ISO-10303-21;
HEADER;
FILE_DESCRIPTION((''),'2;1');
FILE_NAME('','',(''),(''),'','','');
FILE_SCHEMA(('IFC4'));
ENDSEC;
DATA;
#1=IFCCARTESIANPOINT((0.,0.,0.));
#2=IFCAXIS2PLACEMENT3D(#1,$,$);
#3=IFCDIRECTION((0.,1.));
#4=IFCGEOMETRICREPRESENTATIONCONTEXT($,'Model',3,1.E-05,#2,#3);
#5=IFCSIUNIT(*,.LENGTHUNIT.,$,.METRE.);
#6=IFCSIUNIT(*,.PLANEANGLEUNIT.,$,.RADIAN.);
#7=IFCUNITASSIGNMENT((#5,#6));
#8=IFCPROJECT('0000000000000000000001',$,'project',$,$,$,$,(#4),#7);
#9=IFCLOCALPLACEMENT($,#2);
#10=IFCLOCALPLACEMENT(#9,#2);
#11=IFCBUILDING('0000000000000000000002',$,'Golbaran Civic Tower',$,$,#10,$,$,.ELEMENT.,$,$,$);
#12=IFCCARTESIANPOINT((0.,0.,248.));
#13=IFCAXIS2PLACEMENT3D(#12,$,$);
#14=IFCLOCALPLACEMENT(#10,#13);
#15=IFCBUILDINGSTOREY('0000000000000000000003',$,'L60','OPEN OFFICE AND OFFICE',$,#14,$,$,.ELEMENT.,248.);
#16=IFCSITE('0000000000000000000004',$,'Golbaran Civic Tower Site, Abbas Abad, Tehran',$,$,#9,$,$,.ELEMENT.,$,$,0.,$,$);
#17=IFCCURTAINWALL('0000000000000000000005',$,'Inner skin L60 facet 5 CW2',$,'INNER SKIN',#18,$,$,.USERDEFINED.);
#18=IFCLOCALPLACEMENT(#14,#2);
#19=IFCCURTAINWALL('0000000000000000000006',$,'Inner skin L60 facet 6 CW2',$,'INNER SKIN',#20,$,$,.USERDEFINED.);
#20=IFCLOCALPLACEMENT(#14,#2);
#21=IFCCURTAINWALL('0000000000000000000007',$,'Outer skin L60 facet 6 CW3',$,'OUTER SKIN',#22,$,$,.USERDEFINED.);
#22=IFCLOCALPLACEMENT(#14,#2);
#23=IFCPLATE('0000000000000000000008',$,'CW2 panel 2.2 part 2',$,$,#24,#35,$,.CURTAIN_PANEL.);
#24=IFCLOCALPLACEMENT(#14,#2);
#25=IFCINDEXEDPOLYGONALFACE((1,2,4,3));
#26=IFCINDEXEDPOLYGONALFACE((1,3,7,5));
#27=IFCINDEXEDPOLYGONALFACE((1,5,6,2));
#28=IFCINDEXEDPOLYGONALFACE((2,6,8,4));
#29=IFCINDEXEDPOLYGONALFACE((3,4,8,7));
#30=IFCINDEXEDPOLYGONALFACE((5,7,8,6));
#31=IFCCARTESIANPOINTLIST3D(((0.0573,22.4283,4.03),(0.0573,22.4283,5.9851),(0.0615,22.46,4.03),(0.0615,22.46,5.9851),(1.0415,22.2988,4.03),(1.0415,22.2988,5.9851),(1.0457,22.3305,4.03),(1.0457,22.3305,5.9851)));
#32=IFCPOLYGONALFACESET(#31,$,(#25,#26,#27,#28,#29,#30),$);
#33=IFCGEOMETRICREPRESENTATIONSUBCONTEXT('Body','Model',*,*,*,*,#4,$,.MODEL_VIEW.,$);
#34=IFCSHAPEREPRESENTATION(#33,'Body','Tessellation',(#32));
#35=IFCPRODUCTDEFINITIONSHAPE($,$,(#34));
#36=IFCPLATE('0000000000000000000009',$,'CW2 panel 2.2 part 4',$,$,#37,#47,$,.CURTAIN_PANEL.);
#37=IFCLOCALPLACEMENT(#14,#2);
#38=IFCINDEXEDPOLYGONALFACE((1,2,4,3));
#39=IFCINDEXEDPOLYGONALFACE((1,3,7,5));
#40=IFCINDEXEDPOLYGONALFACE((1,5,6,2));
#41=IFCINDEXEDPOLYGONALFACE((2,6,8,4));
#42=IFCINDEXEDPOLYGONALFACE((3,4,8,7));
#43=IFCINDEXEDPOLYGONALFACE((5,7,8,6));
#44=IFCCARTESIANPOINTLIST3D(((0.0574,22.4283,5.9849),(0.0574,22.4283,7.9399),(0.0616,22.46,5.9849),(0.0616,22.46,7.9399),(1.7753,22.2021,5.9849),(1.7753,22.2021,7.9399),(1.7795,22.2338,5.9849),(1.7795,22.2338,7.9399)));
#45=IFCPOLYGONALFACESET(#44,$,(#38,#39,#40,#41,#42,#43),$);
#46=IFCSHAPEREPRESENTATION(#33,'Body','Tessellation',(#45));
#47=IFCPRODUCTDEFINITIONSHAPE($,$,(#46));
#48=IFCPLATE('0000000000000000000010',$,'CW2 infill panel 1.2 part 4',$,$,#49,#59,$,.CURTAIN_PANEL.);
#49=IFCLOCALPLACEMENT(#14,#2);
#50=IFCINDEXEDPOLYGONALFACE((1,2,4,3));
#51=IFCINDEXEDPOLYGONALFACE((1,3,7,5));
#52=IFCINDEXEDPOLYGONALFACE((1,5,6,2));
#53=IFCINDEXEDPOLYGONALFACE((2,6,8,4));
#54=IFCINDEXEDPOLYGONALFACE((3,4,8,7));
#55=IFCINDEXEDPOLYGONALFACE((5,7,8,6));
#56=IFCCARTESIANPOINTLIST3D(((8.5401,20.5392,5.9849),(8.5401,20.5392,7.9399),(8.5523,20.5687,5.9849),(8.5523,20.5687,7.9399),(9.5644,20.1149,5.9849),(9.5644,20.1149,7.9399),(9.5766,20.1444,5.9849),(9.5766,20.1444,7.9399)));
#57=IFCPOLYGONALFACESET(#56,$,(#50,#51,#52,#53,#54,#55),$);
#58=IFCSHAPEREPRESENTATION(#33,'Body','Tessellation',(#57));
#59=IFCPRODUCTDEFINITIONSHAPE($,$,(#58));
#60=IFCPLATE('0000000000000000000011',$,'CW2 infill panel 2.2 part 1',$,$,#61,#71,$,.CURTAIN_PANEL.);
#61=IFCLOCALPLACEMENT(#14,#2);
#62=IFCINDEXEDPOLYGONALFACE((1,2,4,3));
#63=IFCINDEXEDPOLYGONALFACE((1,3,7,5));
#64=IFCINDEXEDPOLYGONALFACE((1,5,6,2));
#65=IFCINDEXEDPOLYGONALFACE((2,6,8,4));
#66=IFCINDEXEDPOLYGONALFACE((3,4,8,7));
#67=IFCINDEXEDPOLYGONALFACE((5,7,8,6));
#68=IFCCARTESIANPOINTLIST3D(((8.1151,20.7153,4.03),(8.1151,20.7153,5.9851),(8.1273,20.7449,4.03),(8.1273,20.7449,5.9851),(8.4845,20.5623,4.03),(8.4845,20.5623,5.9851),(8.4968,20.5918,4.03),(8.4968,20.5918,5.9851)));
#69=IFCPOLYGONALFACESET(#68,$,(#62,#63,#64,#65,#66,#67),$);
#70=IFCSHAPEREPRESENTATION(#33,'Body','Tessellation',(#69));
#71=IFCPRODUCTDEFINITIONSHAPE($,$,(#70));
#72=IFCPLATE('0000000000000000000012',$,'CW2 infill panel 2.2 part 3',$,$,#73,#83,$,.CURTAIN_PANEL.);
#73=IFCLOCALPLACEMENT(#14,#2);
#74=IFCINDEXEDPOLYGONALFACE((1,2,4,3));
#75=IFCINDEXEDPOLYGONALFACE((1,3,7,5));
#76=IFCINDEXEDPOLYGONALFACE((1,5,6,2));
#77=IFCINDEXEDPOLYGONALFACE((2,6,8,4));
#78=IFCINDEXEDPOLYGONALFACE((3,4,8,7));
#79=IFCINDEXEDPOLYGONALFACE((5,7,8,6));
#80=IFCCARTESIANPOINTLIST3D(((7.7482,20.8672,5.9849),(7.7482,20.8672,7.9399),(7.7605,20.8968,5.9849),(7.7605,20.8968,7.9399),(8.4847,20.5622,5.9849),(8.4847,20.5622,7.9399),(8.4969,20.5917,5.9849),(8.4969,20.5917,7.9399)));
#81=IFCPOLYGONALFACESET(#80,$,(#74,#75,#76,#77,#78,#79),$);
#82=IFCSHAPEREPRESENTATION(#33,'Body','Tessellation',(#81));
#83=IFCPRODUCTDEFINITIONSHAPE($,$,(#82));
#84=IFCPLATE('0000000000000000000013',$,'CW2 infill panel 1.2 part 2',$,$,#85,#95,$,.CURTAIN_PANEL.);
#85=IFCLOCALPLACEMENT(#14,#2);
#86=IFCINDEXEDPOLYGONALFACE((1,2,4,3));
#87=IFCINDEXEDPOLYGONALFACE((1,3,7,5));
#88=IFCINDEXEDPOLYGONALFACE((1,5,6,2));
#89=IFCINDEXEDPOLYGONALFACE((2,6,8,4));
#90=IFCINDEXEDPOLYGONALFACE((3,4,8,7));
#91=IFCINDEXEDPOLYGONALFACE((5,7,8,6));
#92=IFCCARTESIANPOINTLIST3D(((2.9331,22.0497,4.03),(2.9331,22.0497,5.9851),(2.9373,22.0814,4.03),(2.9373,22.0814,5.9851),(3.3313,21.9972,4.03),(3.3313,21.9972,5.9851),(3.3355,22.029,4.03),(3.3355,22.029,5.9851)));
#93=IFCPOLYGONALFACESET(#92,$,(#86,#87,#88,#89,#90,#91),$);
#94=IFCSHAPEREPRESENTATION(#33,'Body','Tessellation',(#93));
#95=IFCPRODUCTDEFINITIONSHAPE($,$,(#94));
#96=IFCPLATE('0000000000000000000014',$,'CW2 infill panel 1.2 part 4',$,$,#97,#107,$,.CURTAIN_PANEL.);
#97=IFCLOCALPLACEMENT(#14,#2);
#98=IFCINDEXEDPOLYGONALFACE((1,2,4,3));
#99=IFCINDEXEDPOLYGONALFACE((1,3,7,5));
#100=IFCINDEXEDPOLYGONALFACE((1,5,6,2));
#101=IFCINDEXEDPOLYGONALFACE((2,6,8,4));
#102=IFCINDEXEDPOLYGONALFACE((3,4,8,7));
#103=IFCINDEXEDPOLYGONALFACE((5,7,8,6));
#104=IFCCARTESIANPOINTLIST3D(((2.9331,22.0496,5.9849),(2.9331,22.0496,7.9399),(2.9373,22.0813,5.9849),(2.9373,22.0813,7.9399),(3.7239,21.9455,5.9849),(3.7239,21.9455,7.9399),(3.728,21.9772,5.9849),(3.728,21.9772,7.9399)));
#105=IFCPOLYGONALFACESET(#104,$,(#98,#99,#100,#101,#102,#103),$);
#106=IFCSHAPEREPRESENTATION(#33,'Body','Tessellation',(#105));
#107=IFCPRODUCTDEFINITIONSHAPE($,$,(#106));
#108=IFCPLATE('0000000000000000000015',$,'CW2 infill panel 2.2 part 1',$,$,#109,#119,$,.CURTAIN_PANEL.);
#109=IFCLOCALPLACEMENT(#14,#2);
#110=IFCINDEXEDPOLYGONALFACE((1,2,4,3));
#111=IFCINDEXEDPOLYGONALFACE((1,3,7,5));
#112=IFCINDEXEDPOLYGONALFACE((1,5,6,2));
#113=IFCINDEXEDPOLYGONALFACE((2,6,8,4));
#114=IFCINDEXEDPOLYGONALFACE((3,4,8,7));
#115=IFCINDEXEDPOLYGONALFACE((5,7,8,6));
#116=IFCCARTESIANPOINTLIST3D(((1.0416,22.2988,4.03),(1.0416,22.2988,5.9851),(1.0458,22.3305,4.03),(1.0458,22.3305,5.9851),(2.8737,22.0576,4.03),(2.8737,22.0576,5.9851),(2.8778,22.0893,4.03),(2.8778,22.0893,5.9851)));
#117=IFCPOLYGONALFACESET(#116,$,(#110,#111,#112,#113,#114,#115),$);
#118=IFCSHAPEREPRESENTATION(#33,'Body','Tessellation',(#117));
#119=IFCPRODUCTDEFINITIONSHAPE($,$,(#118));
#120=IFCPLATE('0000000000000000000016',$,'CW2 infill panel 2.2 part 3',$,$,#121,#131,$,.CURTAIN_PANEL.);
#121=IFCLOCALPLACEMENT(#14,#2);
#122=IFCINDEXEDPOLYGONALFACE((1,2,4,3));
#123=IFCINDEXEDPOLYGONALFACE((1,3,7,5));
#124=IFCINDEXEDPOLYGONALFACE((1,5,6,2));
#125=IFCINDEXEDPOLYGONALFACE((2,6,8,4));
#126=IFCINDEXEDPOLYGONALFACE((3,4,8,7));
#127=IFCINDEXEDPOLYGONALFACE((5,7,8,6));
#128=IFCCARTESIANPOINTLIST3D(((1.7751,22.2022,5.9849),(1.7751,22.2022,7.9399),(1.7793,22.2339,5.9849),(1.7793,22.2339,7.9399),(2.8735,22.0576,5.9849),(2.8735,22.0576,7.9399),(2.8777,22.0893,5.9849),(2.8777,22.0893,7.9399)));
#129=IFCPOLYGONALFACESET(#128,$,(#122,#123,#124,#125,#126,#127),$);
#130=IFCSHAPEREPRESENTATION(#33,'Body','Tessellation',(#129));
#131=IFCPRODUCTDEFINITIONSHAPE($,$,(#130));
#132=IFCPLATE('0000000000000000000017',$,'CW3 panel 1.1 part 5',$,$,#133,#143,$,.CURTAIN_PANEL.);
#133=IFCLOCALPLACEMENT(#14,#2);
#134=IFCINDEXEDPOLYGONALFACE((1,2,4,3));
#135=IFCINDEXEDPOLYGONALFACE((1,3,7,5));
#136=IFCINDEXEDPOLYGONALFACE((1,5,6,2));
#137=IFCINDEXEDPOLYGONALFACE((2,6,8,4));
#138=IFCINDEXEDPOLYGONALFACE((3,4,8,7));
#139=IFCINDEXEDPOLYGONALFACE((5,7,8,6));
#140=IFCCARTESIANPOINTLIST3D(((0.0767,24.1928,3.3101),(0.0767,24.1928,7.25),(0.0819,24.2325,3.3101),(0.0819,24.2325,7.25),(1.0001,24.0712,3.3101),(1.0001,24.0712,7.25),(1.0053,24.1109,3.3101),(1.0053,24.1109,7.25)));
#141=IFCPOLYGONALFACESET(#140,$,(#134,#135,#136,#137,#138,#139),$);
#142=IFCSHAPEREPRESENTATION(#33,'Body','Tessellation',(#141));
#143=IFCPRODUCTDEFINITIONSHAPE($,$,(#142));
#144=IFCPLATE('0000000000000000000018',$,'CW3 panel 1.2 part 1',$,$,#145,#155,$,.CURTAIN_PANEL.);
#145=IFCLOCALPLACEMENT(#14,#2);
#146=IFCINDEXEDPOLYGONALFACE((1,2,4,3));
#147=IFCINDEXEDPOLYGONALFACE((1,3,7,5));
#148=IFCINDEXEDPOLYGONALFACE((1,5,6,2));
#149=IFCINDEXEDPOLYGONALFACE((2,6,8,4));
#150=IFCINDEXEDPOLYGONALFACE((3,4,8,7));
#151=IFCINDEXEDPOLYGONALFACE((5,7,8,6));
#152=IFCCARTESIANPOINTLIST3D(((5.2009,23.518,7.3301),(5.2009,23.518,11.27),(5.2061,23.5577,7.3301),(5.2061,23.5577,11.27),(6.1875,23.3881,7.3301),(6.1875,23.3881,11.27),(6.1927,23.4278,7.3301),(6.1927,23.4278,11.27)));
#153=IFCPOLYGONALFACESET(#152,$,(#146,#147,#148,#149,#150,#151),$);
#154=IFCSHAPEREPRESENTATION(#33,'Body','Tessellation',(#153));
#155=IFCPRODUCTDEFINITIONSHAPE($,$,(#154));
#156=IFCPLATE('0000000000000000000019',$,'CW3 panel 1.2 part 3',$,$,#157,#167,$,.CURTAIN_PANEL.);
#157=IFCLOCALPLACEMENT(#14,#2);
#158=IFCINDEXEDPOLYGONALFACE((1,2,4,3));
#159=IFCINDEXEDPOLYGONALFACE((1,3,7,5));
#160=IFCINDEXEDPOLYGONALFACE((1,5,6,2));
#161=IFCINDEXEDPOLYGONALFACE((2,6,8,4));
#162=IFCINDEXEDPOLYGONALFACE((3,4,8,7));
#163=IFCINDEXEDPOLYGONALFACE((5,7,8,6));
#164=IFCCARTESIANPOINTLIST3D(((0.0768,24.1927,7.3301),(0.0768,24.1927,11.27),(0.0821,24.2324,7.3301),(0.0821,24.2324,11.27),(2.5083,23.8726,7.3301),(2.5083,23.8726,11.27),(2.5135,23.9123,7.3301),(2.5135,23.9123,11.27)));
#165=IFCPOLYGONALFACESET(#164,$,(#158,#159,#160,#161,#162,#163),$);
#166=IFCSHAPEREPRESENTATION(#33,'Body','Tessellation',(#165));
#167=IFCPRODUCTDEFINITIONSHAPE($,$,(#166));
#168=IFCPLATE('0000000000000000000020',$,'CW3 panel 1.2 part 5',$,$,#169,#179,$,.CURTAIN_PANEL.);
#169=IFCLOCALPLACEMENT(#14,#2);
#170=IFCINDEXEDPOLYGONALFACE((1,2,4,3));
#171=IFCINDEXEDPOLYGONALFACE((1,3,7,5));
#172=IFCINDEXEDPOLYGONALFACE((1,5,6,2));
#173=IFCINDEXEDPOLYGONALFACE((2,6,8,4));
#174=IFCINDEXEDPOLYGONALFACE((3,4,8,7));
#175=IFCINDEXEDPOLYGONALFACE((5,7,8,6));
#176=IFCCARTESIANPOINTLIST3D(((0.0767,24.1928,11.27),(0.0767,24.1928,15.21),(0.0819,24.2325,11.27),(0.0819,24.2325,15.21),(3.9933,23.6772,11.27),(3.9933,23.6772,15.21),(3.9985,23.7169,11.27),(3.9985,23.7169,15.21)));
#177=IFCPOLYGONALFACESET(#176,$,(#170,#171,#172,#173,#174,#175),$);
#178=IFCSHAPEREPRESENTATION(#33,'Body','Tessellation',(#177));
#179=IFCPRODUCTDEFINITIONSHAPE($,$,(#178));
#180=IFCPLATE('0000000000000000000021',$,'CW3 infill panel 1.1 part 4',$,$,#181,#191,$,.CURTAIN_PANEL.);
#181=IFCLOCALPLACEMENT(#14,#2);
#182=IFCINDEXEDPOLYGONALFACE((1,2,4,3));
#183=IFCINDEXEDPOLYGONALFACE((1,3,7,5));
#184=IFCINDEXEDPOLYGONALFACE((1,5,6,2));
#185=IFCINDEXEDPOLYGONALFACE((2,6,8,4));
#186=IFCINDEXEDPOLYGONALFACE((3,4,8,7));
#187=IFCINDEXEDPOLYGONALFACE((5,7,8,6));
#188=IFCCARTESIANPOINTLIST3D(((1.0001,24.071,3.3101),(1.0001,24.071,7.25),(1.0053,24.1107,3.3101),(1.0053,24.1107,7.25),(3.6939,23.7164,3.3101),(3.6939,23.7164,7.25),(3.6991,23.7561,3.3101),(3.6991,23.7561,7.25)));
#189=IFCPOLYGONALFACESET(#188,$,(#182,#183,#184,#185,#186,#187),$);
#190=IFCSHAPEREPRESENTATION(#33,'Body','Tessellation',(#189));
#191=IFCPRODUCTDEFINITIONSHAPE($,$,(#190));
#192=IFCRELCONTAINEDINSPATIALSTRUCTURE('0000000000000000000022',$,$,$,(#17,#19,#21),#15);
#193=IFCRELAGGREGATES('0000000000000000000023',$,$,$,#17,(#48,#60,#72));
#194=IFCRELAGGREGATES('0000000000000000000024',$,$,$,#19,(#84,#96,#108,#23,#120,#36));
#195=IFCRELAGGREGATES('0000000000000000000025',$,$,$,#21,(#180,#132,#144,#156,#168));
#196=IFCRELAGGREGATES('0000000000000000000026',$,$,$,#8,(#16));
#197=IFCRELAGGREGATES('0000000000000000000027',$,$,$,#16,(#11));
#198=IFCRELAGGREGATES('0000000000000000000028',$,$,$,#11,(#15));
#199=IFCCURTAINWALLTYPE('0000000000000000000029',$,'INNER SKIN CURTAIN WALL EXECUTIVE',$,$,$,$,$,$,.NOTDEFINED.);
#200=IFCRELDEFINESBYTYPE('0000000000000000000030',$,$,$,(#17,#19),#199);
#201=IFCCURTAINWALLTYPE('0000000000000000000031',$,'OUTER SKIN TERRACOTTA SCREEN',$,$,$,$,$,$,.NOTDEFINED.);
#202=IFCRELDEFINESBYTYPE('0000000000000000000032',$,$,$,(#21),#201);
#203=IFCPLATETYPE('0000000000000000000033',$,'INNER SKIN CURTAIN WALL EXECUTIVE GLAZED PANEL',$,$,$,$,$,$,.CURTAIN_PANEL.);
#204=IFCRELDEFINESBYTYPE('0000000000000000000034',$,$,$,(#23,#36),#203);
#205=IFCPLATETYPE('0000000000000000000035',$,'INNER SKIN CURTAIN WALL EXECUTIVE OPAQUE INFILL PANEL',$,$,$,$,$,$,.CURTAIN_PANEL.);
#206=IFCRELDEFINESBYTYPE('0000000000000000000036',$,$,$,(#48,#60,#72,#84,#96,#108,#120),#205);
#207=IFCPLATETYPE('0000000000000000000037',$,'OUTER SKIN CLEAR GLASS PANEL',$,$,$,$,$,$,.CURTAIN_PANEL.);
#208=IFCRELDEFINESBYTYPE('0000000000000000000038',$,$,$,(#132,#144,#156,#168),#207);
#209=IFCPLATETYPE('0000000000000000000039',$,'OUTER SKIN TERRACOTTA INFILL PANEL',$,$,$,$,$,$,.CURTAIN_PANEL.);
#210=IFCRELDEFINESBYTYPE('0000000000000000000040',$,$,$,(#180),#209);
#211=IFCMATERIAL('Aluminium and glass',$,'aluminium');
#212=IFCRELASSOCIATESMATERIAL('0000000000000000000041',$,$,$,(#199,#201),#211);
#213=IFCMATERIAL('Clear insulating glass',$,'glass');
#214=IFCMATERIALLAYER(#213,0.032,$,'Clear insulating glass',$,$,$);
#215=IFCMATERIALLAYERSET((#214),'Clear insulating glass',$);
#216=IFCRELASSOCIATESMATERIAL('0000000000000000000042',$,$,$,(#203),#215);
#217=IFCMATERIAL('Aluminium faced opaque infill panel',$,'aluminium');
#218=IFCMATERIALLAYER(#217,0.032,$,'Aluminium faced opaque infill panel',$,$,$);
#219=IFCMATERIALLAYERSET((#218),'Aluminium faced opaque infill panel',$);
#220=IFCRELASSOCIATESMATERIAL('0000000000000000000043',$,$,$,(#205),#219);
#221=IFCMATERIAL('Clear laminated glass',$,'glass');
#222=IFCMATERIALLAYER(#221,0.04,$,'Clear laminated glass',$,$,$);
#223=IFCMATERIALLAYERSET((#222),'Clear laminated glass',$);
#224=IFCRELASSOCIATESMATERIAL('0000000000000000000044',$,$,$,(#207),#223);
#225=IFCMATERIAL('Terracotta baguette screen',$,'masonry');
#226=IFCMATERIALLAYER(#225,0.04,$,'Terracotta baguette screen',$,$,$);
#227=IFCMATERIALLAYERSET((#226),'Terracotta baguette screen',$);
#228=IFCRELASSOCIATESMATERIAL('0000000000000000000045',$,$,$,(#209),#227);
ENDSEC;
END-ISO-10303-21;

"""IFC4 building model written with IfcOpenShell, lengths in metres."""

from ifc_helpers import new_model, si_unit, direction, frame, origin, origin_2d, place, context, subcontext, project, spatial, rectangle, extrude, material, layer, layer_set, type_object, element, aggregate, save


model = new_model("IFC4")

# Units and contexts
model_context = context("Model", 3, precision=1e-05, world=origin(), true_north=direction((0.0, 1.0)))
body_context = subcontext(model_context, "Body", "Model", "MODEL_VIEW")
ifc_project = project(units=[si_unit("LENGTHUNIT", "METRE"), si_unit("PLANEANGLEUNIT", "RADIAN")], contexts=[model_context])

# Site, building, storey
site_placement = place(None, origin())
site = spatial("IfcSite", under=ifc_project, at=site_placement, Name="Golbaran Civic Tower Site, Abbas Abad, Tehran", CompositionType="ELEMENT", RefElevation=0.0)
building_placement = place(site_placement, origin())
building = spatial("IfcBuilding", under=site, at=building_placement, Name="Golbaran Civic Tower", CompositionType="ELEMENT")
storey_placement = place(building_placement, frame((0.0, 0.0, 248.0)))
storey = spatial("IfcBuildingStorey", under=building, at=storey_placement, Name="L60", Description="OPEN OFFICE AND OFFICE", CompositionType="ELEMENT", Elevation=248.0)

# Curtain walls
ifc_material_1 = material(Name="Aluminium and glass", Category="aluminium")
curtain_wall_type_1 = type_object("IfcCurtainWallType", Name="INNER SKIN CURTAIN WALL EXECUTIVE", PredefinedType="NOTDEFINED", material=ifc_material_1)
curtain_wall_1_placement = place(storey_placement, origin())
curtain_wall_1 = element("IfcCurtainWall", 1, at=curtain_wall_1_placement, inside=storey, type_object=curtain_wall_type_1, Name="Inner skin L60 facet 5 CW2", ObjectType="INNER SKIN", PredefinedType="USERDEFINED")
curtain_wall_2_placement = place(storey_placement, origin())
curtain_wall_2 = element("IfcCurtainWall", 2, at=curtain_wall_2_placement, inside=storey, type_object=curtain_wall_type_1, Name="Inner skin L60 facet 6 CW2", ObjectType="INNER SKIN", PredefinedType="USERDEFINED")
curtain_wall_type_2 = type_object("IfcCurtainWallType", Name="OUTER SKIN TERRACOTTA SCREEN", PredefinedType="NOTDEFINED", material=ifc_material_1)
curtain_wall_3_placement = place(storey_placement, origin())
curtain_wall_3 = element("IfcCurtainWall", 3, at=curtain_wall_3_placement, inside=storey, type_object=curtain_wall_type_2, Name="Outer skin L60 facet 6 CW3", ObjectType="OUTER SKIN", PredefinedType="USERDEFINED")

# Plates
ifc_material_2 = material(Name="Clear insulating glass", Category="glass")
ifc_layer_1 = layer(ifc_material_2, 0.032, Name="Clear insulating glass")
ifc_layer_set_1 = layer_set([ifc_layer_1], Name="Clear insulating glass")
plate_type_1 = type_object("IfcPlateType", Name="INNER SKIN CURTAIN WALL EXECUTIVE GLAZED PANEL", PredefinedType="CURTAIN_PANEL", material=ifc_layer_set_1)
plate_1_placement = place(storey_placement, frame((0.5515, 22.3794, 4.03), z_axis=(0.0, 0.0, 1.0), x_axis=(-0.991445, 0.130526, 0.0)))
plate_1 = element("IfcPlate", 4, at=plate_1_placement, type_object=plate_type_1, Name="CW2 panel 2.2 part 2", PredefinedType="CURTAIN_PANEL", context=body_context, shape_type="SweptSolid", body=[
    extrude(rectangle(XDim=0.9927, YDim=0.032, at=origin_2d()), origin(), (0.0, 0.0, 1.0), 1.9551),
])
plate_2_placement = place(storey_placement, frame((0.9185, 22.3311, 5.9849), z_axis=(0.0, 0.0, 1.0), x_axis=(-0.991445, 0.130526, 0.0)))
plate_2 = element("IfcPlate", 5, at=plate_2_placement, type_object=plate_type_1, Name="CW2 panel 2.2 part 4", PredefinedType="CURTAIN_PANEL", context=body_context, shape_type="SweptSolid", body=[
    extrude(rectangle(XDim=1.7327, YDim=0.032, at=origin_2d()), origin(), (0.0, 0.0, 1.0), 1.9551),
])
ifc_material_3 = material(Name="Aluminium faced opaque infill panel", Category="aluminium")
ifc_layer_2 = layer(ifc_material_3, 0.032, Name="Aluminium faced opaque infill panel")
ifc_layer_set_2 = layer_set([ifc_layer_2], Name="Aluminium faced opaque infill panel")
plate_type_2 = type_object("IfcPlateType", Name="INNER SKIN CURTAIN WALL EXECUTIVE OPAQUE INFILL PANEL", PredefinedType="CURTAIN_PANEL", material=ifc_layer_set_2)
plate_3_placement = place(storey_placement, frame((9.0583, 20.3418, 5.9849), z_axis=(0.0, 0.0, 1.0), x_axis=(-0.92388, 0.382683, 0.0)))
plate_3 = element("IfcPlate", 6, at=plate_3_placement, type_object=plate_type_2, Name="CW2 infill panel 1.2 part 4", PredefinedType="CURTAIN_PANEL", context=body_context, shape_type="SweptSolid", body=[
    extrude(rectangle(XDim=1.1086, YDim=0.032, at=origin_2d()), origin(), (0.0, 0.0, 1.0), 1.9551),
])
plate_4_placement = place(storey_placement, frame((8.3059, 20.6536, 4.03), z_axis=(0.0, 0.0, 1.0), x_axis=(-0.92388, 0.382683, 0.0)))
plate_4 = element("IfcPlate", 7, at=plate_4_placement, type_object=plate_type_2, Name="CW2 infill panel 2.2 part 1", PredefinedType="CURTAIN_PANEL", context=body_context, shape_type="SweptSolid", body=[
    extrude(rectangle(XDim=0.3999, YDim=0.032, at=origin_2d()), origin(), (0.0, 0.0, 1.0), 1.9551),
])
plate_5_placement = place(storey_placement, frame((8.1226, 20.7295, 5.9849), z_axis=(0.0, 0.0, 1.0), x_axis=(-0.92388, 0.382683, 0.0)))
plate_5 = element("IfcPlate", 8, at=plate_5_placement, type_object=plate_type_2, Name="CW2 infill panel 2.2 part 3", PredefinedType="CURTAIN_PANEL", context=body_context, shape_type="SweptSolid", body=[
    extrude(rectangle(XDim=0.7971, YDim=0.032, at=origin_2d()), origin(), (0.0, 0.0, 1.0), 1.9551),
])
aggregate(curtain_wall_1, [plate_3, plate_4, plate_5])
plate_6_placement = place(storey_placement, frame((3.1343, 22.0393, 4.03), z_axis=(0.0, 0.0, 1.0), x_axis=(-0.991445, 0.130526, 0.0)))
plate_6 = element("IfcPlate", 9, at=plate_6_placement, type_object=plate_type_2, Name="CW2 infill panel 1.2 part 2", PredefinedType="CURTAIN_PANEL", context=body_context, shape_type="SweptSolid", body=[
    extrude(rectangle(XDim=0.4016, YDim=0.032, at=origin_2d()), origin(), (0.0, 0.0, 1.0), 1.9551),
])
plate_7_placement = place(storey_placement, frame((3.3306, 22.0134, 5.9849), z_axis=(0.0, 0.0, 1.0), x_axis=(-0.991445, 0.130526, 0.0)))
plate_7 = element("IfcPlate", 10, at=plate_7_placement, type_object=plate_type_2, Name="CW2 infill panel 1.2 part 4", PredefinedType="CURTAIN_PANEL", context=body_context, shape_type="SweptSolid", body=[
    extrude(rectangle(XDim=0.7976, YDim=0.032, at=origin_2d()), origin(), (0.0, 0.0, 1.0), 1.9551),
])
plate_8_placement = place(storey_placement, frame((1.9597, 22.1941, 4.03), z_axis=(0.0, 0.0, 1.0), x_axis=(-0.991445, 0.130526, 0.0)))
plate_8 = element("IfcPlate", 11, at=plate_8_placement, type_object=plate_type_2, Name="CW2 infill panel 2.2 part 1", PredefinedType="CURTAIN_PANEL", context=body_context, shape_type="SweptSolid", body=[
    extrude(rectangle(XDim=1.8479, YDim=0.032, at=origin_2d()), origin(), (0.0, 0.0, 1.0), 1.9551),
])
plate_9_placement = place(storey_placement, frame((2.3264, 22.1458, 5.9849), z_axis=(0.0, 0.0, 1.0), x_axis=(-0.991445, 0.130526, 0.0)))
plate_9 = element("IfcPlate", 12, at=plate_9_placement, type_object=plate_type_2, Name="CW2 infill panel 2.2 part 3", PredefinedType="CURTAIN_PANEL", context=body_context, shape_type="SweptSolid", body=[
    extrude(rectangle(XDim=1.1079, YDim=0.032, at=origin_2d()), origin(), (0.0, 0.0, 1.0), 1.9551),
])
aggregate(curtain_wall_2, [plate_6, plate_7, plate_8, plate_1, plate_9, plate_2])
ifc_material_4 = material(Name="Clear laminated glass", Category="glass")
ifc_layer_3 = layer(ifc_material_4, 0.04, Name="Clear laminated glass")
ifc_layer_set_3 = layer_set([ifc_layer_3], Name="Clear laminated glass")
plate_type_3 = type_object("IfcPlateType", Name="OUTER SKIN CLEAR GLASS PANEL", PredefinedType="CURTAIN_PANEL", material=ifc_layer_set_3)
plate_10_placement = place(storey_placement, frame((0.541, 24.1519, 3.3101), z_axis=(0.0, 0.0, 1.0), x_axis=(-0.991445, 0.130526, 0.0)))
plate_10 = element("IfcPlate", 13, at=plate_10_placement, type_object=plate_type_3, Name="CW3 panel 1.1 part 5", PredefinedType="CURTAIN_PANEL", context=body_context, shape_type="SweptSolid", body=[
    extrude(rectangle(XDim=0.9314, YDim=0.04, at=origin_2d()), origin(), (0.0, 0.0, 1.0), 3.9399),
])
plate_11_placement = place(storey_placement, frame((5.6968, 23.4729, 7.3301), z_axis=(0.0, 0.0, 1.0), x_axis=(-0.991445, 0.130526, 0.0)))
plate_11 = element("IfcPlate", 14, at=plate_11_placement, type_object=plate_type_3, Name="CW3 panel 1.2 part 1", PredefinedType="CURTAIN_PANEL", context=body_context, shape_type="SweptSolid", body=[
    extrude(rectangle(XDim=0.9951, YDim=0.04, at=origin_2d()), origin(), (0.0, 0.0, 1.0), 3.9399),
])
plate_12_placement = place(storey_placement, frame((1.2952, 24.0525, 7.3301), z_axis=(0.0, 0.0, 1.0), x_axis=(-0.991445, 0.130526, 0.0)))
plate_12 = element("IfcPlate", 15, at=plate_12_placement, type_object=plate_type_3, Name="CW3 panel 1.2 part 3", PredefinedType="CURTAIN_PANEL", context=body_context, shape_type="SweptSolid", body=[
    extrude(rectangle(XDim=2.4524, YDim=0.04, at=origin_2d()), origin(), (0.0, 0.0, 1.0), 3.9399),
])
plate_13_placement = place(storey_placement, frame((2.0376, 23.9548, 11.27), z_axis=(0.0, 0.0, 1.0), x_axis=(-0.991445, 0.130526, 0.0)))
plate_13 = element("IfcPlate", 16, at=plate_13_placement, type_object=plate_type_3, Name="CW3 panel 1.2 part 5", PredefinedType="CURTAIN_PANEL", context=body_context, shape_type="SweptSolid", body=[
    extrude(rectangle(XDim=3.9504, YDim=0.04, at=origin_2d()), origin(), (0.0, 0.0, 1.0), 3.9399),
])
ifc_material_5 = material(Name="Terracotta baguette screen", Category="masonry")
ifc_layer_4 = layer(ifc_material_5, 0.04, Name="Terracotta baguette screen")
ifc_layer_set_4 = layer_set([ifc_layer_4], Name="Terracotta baguette screen")
plate_type_4 = type_object("IfcPlateType", Name="OUTER SKIN TERRACOTTA INFILL PANEL", PredefinedType="CURTAIN_PANEL", material=ifc_layer_set_4)
plate_14_placement = place(storey_placement, frame((2.3496, 23.9136, 3.3101), z_axis=(0.0, 0.0, 1.0), x_axis=(-0.991445, 0.130526, 0.0)))
plate_14 = element("IfcPlate", 17, at=plate_14_placement, type_object=plate_type_4, Name="CW3 infill panel 1.1 part 4", PredefinedType="CURTAIN_PANEL", context=body_context, shape_type="SweptSolid", body=[
    extrude(rectangle(XDim=2.717, YDim=0.04, at=origin_2d()), origin(), (0.0, 0.0, 1.0), 3.9399),
])
aggregate(curtain_wall_3, [plate_14, plate_10, plate_11, plate_12, plate_13])

save(model, "model.ifc")
